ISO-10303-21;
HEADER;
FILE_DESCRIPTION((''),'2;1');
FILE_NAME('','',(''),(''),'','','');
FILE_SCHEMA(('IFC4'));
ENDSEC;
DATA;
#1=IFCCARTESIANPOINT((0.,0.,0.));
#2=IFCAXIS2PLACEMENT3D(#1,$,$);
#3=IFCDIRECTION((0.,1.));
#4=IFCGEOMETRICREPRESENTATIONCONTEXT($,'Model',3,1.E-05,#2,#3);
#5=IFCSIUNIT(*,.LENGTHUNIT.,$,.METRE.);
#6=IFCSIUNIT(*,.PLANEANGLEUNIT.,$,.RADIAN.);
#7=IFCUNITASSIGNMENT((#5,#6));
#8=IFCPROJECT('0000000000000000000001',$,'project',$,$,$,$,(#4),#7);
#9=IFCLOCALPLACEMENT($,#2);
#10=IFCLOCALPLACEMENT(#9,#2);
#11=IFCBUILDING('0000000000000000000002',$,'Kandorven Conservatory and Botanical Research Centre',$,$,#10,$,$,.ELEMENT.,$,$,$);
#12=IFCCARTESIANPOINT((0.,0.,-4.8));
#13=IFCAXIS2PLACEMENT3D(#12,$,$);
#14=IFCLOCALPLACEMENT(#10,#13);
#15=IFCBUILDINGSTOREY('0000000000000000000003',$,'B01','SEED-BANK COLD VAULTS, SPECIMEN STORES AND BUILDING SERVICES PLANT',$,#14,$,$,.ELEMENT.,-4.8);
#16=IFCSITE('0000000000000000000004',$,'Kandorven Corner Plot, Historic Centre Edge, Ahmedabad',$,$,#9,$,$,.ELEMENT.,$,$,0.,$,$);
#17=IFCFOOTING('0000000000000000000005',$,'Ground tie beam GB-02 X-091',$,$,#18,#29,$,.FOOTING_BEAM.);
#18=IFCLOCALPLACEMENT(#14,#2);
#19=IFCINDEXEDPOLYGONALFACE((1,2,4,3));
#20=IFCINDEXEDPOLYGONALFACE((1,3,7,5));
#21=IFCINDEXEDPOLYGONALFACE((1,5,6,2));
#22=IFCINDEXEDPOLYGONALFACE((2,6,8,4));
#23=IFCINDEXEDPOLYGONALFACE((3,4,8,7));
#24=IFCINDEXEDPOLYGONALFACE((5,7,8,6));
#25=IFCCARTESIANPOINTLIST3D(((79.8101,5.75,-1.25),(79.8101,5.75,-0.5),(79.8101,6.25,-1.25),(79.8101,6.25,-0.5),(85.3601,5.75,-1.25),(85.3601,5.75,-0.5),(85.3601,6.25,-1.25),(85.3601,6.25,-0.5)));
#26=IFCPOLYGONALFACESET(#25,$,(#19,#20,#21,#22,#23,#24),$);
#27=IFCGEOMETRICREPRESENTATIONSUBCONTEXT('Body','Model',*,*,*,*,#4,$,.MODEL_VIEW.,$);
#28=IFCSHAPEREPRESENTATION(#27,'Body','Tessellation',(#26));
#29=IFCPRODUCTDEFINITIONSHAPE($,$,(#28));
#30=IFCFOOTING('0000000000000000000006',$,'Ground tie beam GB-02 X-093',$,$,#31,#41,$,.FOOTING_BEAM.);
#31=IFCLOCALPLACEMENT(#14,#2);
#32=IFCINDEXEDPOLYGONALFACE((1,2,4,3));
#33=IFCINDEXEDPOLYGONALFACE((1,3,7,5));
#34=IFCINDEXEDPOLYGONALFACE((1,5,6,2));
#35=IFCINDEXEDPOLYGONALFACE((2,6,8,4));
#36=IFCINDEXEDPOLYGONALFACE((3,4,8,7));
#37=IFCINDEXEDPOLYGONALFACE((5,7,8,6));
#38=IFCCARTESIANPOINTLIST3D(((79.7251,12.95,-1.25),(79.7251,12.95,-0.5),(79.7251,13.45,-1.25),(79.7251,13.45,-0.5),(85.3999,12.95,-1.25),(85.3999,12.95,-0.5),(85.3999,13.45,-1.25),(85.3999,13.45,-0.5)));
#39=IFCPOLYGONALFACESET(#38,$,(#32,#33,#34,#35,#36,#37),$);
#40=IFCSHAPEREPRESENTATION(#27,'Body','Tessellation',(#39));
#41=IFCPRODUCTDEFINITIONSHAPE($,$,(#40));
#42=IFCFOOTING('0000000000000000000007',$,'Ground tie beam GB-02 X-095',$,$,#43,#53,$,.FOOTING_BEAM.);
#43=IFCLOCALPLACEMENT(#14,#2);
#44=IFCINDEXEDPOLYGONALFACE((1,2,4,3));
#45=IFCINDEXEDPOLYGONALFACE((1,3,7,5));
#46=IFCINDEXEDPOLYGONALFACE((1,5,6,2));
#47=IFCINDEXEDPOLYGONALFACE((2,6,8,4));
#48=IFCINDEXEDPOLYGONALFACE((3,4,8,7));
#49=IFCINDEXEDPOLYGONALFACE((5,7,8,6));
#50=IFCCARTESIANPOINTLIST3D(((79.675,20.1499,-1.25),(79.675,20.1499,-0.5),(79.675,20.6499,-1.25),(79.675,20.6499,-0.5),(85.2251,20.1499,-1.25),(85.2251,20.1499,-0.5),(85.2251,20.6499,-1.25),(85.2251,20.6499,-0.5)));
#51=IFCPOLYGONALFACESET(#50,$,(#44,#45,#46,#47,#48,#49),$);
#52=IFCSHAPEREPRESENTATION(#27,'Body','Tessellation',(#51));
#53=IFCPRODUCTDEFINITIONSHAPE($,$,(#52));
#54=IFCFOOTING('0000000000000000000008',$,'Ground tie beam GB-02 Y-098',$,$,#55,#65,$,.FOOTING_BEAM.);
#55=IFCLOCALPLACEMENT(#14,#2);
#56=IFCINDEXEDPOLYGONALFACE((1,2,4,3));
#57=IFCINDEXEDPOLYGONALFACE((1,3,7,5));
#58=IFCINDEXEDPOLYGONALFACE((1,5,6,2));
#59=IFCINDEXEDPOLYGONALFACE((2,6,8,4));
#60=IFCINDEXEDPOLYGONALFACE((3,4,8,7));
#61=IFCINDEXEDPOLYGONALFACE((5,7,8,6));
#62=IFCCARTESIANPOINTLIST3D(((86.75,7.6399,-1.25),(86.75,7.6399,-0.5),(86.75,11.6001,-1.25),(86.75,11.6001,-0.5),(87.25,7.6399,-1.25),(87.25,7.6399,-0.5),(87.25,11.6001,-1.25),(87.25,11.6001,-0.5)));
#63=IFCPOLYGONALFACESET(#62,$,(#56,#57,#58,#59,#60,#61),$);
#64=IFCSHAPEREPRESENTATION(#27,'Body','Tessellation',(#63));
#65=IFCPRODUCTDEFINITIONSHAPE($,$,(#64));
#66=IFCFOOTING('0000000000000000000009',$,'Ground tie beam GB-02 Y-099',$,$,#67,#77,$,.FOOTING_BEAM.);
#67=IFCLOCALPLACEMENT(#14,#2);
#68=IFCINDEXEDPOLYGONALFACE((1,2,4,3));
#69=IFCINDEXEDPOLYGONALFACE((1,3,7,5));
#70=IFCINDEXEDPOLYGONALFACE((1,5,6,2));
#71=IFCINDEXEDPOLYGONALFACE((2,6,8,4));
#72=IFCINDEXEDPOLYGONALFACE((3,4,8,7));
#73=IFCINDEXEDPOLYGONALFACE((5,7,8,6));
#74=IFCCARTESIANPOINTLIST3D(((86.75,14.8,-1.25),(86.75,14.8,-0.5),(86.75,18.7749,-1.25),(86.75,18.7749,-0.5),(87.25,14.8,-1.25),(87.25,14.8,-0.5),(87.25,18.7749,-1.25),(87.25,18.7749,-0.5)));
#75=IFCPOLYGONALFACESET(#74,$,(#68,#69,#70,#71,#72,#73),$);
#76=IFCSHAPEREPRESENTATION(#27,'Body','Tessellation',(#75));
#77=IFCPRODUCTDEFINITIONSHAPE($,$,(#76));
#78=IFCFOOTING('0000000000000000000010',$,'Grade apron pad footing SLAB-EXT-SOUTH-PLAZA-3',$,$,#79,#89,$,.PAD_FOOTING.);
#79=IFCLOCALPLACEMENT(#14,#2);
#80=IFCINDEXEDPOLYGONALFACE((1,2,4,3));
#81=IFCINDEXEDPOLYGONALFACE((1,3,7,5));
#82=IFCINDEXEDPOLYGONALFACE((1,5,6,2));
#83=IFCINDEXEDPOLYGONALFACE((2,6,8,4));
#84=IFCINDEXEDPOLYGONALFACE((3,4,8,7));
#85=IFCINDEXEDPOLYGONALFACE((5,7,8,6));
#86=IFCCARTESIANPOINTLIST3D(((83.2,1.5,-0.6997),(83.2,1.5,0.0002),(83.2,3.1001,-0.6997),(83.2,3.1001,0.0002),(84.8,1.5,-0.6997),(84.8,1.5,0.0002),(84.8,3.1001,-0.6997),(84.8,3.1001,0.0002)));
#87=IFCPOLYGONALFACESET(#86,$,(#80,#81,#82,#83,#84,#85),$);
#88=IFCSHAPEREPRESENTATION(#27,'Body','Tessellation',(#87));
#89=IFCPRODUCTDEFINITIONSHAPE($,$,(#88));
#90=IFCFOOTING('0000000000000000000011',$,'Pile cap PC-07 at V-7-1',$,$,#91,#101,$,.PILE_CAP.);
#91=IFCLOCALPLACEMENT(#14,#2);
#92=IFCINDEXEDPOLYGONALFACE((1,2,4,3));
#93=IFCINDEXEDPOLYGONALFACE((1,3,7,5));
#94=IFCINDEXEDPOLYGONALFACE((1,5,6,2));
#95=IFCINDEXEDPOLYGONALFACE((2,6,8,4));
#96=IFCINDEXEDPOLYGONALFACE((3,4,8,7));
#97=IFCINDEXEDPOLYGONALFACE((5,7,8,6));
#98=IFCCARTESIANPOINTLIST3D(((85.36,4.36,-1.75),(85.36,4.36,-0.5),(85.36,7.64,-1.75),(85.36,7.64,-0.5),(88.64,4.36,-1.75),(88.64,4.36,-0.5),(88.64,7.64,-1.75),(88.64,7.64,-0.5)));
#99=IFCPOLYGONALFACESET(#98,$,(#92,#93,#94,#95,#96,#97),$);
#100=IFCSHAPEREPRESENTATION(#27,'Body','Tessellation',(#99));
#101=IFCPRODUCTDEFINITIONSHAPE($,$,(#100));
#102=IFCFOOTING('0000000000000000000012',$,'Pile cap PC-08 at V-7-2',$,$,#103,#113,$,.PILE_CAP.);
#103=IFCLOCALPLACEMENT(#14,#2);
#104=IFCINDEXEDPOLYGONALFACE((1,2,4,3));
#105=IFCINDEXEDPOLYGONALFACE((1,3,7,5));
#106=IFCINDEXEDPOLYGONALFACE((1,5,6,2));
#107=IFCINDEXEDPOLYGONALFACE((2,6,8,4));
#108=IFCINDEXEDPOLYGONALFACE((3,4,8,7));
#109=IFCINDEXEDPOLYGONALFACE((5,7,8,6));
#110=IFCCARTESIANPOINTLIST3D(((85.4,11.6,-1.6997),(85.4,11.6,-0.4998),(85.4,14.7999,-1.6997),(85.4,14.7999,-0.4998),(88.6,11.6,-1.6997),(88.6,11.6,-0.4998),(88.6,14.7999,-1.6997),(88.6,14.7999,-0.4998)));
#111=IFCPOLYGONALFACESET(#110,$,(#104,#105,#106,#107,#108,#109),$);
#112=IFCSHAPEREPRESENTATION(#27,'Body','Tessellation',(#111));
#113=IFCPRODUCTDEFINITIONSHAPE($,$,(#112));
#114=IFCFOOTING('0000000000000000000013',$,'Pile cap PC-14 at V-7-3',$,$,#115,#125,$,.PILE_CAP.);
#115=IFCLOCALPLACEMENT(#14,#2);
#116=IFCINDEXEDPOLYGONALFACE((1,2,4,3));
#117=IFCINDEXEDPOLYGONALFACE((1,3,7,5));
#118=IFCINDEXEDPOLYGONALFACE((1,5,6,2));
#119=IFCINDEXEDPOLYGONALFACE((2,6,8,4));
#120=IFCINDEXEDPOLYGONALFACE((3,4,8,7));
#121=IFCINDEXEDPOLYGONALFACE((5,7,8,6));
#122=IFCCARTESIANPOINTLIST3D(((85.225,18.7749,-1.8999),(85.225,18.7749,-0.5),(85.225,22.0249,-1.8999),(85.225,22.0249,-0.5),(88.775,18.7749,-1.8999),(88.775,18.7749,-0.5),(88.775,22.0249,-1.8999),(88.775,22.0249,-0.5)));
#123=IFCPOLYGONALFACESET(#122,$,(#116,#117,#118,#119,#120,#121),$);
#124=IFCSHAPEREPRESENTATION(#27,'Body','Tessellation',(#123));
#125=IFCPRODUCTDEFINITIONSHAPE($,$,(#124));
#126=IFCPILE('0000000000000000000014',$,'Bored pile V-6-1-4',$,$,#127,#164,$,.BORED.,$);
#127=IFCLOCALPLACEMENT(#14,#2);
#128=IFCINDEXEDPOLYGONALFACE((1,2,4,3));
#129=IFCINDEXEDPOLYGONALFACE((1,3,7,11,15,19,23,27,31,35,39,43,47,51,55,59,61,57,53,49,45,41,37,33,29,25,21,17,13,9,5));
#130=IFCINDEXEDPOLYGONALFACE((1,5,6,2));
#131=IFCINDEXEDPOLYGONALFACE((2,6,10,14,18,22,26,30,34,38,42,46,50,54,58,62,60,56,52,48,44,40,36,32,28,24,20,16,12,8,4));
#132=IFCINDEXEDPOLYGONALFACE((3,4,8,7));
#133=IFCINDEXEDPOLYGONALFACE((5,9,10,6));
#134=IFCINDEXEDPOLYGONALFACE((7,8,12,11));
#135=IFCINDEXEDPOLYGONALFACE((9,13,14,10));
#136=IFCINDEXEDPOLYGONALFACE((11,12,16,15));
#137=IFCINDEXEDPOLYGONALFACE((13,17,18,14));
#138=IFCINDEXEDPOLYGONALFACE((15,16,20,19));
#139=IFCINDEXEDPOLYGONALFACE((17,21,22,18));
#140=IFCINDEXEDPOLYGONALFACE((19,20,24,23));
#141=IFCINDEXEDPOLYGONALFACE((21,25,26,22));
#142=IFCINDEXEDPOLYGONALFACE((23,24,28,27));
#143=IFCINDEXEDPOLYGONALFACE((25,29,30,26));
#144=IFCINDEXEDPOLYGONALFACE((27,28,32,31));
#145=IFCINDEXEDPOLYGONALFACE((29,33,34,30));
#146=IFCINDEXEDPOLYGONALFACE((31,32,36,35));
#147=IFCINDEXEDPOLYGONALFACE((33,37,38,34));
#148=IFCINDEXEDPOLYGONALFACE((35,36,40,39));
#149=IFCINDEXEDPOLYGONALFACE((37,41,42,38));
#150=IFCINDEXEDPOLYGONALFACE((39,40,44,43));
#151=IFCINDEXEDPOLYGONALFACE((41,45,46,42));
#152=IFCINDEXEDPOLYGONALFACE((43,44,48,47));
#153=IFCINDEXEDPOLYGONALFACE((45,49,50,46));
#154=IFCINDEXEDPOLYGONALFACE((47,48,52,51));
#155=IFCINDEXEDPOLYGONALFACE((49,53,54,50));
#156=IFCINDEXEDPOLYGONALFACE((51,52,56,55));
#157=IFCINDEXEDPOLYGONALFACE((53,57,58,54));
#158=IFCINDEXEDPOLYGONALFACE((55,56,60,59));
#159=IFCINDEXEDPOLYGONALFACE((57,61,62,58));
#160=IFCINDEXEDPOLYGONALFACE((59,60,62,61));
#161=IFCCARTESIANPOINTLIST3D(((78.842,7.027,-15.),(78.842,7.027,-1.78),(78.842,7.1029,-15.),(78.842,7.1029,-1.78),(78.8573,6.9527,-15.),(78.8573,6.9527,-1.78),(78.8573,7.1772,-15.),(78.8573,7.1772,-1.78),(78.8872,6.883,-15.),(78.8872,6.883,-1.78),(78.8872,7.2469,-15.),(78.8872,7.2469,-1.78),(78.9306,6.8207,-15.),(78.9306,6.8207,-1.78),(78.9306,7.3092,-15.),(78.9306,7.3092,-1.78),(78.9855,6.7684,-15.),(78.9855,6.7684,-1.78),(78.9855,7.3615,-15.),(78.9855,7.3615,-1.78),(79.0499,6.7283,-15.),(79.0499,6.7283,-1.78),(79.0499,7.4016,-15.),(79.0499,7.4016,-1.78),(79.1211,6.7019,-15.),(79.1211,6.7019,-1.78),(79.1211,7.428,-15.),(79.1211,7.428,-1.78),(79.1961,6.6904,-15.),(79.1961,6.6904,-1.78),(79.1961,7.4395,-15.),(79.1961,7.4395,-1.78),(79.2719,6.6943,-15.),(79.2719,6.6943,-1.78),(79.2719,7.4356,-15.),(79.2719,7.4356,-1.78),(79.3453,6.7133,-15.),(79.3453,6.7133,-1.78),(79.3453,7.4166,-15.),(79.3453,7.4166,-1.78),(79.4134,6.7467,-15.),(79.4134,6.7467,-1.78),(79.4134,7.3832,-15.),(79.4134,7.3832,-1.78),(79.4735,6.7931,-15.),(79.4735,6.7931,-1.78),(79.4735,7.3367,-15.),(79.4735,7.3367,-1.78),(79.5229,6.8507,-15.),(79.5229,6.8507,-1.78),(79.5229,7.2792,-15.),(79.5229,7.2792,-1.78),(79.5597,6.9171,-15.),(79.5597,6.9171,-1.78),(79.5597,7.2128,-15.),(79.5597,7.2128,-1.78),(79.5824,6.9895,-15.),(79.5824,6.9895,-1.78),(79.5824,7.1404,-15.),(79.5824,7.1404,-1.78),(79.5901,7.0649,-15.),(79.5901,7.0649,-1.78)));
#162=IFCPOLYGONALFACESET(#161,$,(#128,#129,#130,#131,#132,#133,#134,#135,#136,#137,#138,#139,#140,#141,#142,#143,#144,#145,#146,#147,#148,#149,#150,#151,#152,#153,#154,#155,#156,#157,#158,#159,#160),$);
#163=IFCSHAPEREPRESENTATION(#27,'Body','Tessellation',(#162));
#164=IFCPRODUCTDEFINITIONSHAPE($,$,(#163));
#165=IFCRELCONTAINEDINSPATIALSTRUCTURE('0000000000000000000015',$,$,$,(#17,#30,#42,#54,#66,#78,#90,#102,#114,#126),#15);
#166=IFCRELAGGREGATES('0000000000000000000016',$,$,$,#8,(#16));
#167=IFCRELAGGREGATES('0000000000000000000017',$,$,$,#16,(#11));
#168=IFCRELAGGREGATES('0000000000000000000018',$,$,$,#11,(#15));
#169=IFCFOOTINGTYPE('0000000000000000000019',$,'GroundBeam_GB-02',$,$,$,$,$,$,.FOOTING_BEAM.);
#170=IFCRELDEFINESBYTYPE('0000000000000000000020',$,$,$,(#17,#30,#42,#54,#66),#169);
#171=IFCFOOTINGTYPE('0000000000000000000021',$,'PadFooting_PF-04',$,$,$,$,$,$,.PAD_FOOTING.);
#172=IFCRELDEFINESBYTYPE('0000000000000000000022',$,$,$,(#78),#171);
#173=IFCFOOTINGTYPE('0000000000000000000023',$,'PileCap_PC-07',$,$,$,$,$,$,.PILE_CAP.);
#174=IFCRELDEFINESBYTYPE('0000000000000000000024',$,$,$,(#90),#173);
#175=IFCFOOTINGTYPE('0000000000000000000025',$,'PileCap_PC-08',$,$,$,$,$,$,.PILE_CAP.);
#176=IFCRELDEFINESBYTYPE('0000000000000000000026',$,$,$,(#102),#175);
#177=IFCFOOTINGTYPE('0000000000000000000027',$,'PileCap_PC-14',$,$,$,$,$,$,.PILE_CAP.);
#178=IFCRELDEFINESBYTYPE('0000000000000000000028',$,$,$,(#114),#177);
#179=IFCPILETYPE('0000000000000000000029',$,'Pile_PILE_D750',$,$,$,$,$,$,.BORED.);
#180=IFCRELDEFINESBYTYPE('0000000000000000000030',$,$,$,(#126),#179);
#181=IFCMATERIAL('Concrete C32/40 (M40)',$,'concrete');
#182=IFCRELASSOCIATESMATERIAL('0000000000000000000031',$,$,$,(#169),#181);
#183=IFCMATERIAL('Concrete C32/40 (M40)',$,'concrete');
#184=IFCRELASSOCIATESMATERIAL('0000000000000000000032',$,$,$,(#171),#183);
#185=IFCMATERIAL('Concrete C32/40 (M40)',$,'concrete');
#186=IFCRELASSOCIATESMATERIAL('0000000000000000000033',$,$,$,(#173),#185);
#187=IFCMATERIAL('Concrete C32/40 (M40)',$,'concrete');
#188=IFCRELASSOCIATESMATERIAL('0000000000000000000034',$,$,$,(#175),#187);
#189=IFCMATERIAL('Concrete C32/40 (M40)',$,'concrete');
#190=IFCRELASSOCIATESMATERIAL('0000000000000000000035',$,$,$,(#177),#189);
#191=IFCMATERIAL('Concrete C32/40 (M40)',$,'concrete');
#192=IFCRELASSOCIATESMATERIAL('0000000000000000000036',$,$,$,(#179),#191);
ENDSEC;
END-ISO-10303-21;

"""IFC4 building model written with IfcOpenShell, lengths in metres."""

from ifc_helpers import new_model, si_unit, direction, frame, origin, origin_2d, place, context, subcontext, project, spatial, rectangle, circle, extrude, material, material_profile, profile_set, type_object, element, save


model = new_model("IFC4")

# Units and contexts
model_context = context("Model", 3, precision=1e-05, world=origin(), true_north=direction((0.0, 1.0)))
body_context = subcontext(model_context, "Body", "Model", "MODEL_VIEW")
ifc_project = project(units=[si_unit("LENGTHUNIT", "METRE"), si_unit("PLANEANGLEUNIT", "RADIAN")], contexts=[model_context])

# Site, building, storey
site_placement = place(None, origin())
site = spatial("IfcSite", under=ifc_project, at=site_placement, Name="Kandorven Corner Plot, Historic Centre Edge, Ahmedabad", CompositionType="ELEMENT", RefElevation=0.0)
building_placement = place(site_placement, origin())
building = spatial("IfcBuilding", under=site, at=building_placement, Name="Kandorven Conservatory and Botanical Research Centre", CompositionType="ELEMENT")
storey_placement = place(building_placement, frame((0.0, 0.0, -4.8)))
storey = spatial("IfcBuildingStorey", under=building, at=storey_placement, Name="B01", Description="SEED-BANK COLD VAULTS, SPECIMEN STORES AND BUILDING SERVICES PLANT", CompositionType="ELEMENT", Elevation=-4.8)

# Footings
ifc_material_1 = material(Name="Concrete C32/40 (M40)", Category="concrete")
ifc_material_profile_1 = material_profile(ifc_material_1, rectangle(XDim=0.5, YDim=0.75, at=origin_2d()))
ifc_profile_set_1 = profile_set([ifc_material_profile_1], Name="Concrete C32/40 (M40)")
footing_type_1 = type_object("IfcFootingType", Name="GroundBeam_GB-02", PredefinedType="FOOTING_BEAM", material=ifc_profile_set_1)
footing_1_placement = place(storey_placement, frame((79.8101, 6.0, -0.875), z_axis=(1.0, 0.0, 0.0), x_axis=(0.0, 1.0, 0.0)))
element("IfcFooting", 1, at=footing_1_placement, inside=storey, type_object=footing_type_1, Name="Ground tie beam GB-02 X-091", PredefinedType="FOOTING_BEAM", context=body_context, shape_type="SweptSolid", body=[
    extrude(rectangle(XDim=0.5, YDim=0.75, at=origin_2d()), origin(), (0.0, 0.0, 1.0), 5.55),
])
footing_2_placement = place(storey_placement, frame((79.7251, 13.2, -0.875), z_axis=(1.0, 0.0, 0.0), x_axis=(0.0, 1.0, 0.0)))
element("IfcFooting", 2, at=footing_2_placement, inside=storey, type_object=footing_type_1, Name="Ground tie beam GB-02 X-093", PredefinedType="FOOTING_BEAM", context=body_context, shape_type="SweptSolid", body=[
    extrude(rectangle(XDim=0.5, YDim=0.75, at=origin_2d()), origin(), (0.0, 0.0, 1.0), 5.6748),
])
footing_3_placement = place(storey_placement, frame((79.675, 20.3999, -0.875), z_axis=(1.0, 0.0, 0.0), x_axis=(0.0, 1.0, 0.0)))
element("IfcFooting", 3, at=footing_3_placement, inside=storey, type_object=footing_type_1, Name="Ground tie beam GB-02 X-095", PredefinedType="FOOTING_BEAM", context=body_context, shape_type="SweptSolid", body=[
    extrude(rectangle(XDim=0.5, YDim=0.75, at=origin_2d()), origin(), (0.0, 0.0, 1.0), 5.55),
])
footing_4_placement = place(storey_placement, frame((87.0, 7.6399, -0.875), z_axis=(0.0, 1.0, 0.0), x_axis=(-1.0, 0.0, 0.0)))
element("IfcFooting", 4, at=footing_4_placement, inside=storey, type_object=footing_type_1, Name="Ground tie beam GB-02 Y-098", PredefinedType="FOOTING_BEAM", context=body_context, shape_type="SweptSolid", body=[
    extrude(rectangle(XDim=0.5, YDim=0.75, at=origin_2d()), origin(), (0.0, 0.0, 1.0), 3.9602),
])
footing_5_placement = place(storey_placement, frame((87.0, 14.8, -0.875), z_axis=(0.0, 1.0, 0.0), x_axis=(-1.0, 0.0, 0.0)))
element("IfcFooting", 5, at=footing_5_placement, inside=storey, type_object=footing_type_1, Name="Ground tie beam GB-02 Y-099", PredefinedType="FOOTING_BEAM", context=body_context, shape_type="SweptSolid", body=[
    extrude(rectangle(XDim=0.5, YDim=0.75, at=origin_2d()), origin(), (0.0, 0.0, 1.0), 3.9749),
])
ifc_material_2 = material(Name="Concrete C32/40 (M40)", Category="concrete")
footing_type_2 = type_object("IfcFootingType", Name="PadFooting_PF-04", PredefinedType="PAD_FOOTING", material=ifc_material_2)
footing_6_placement = place(storey_placement, frame((84.0, 2.3, -0.6997), z_axis=(0.0, 0.0, 1.0), x_axis=(1.0, 0.0, 0.0)))
element("IfcFooting", 6, at=footing_6_placement, inside=storey, type_object=footing_type_2, Name="Grade apron pad footing SLAB-EXT-SOUTH-PLAZA-3", PredefinedType="PAD_FOOTING", context=body_context, shape_type="SweptSolid", body=[
    extrude(rectangle(XDim=1.6001, YDim=1.6001, at=origin_2d()), origin(), (0.0, 0.0, 1.0), 0.7),
])
ifc_material_3 = material(Name="Concrete C32/40 (M40)", Category="concrete")
footing_type_3 = type_object("IfcFootingType", Name="PileCap_PC-07", PredefinedType="PILE_CAP", material=ifc_material_3)
footing_7_placement = place(storey_placement, frame((87.0, 6.0, -1.75), z_axis=(0.0, 0.0, 1.0), x_axis=(1.0, 0.0, 0.0)))
element("IfcFooting", 7, at=footing_7_placement, inside=storey, type_object=footing_type_3, Name="Pile cap PC-07 at V-7-1", PredefinedType="PILE_CAP", context=body_context, shape_type="SweptSolid", body=[
    extrude(rectangle(XDim=3.28, YDim=3.28, at=origin_2d()), origin(), (0.0, 0.0, 1.0), 1.25),
])
ifc_material_4 = material(Name="Concrete C32/40 (M40)", Category="concrete")
footing_type_4 = type_object("IfcFootingType", Name="PileCap_PC-08", PredefinedType="PILE_CAP", material=ifc_material_4)
footing_8_placement = place(storey_placement, frame((87.0, 13.2, -1.6997), z_axis=(0.0, 0.0, 1.0), x_axis=(1.0, 0.0, 0.0)))
element("IfcFooting", 8, at=footing_8_placement, inside=storey, type_object=footing_type_4, Name="Pile cap PC-08 at V-7-2", PredefinedType="PILE_CAP", context=body_context, shape_type="SweptSolid", body=[
    extrude(rectangle(XDim=3.2, YDim=3.2, at=origin_2d()), origin(), (0.0, 0.0, 1.0), 1.2),
])
ifc_material_5 = material(Name="Concrete C32/40 (M40)", Category="concrete")
footing_type_5 = type_object("IfcFootingType", Name="PileCap_PC-14", PredefinedType="PILE_CAP", material=ifc_material_5)
footing_9_placement = place(storey_placement, frame((87.0, 20.3999, -1.8999), z_axis=(0.0, 0.0, 1.0), x_axis=(1.0, 0.0, 0.0)))
element("IfcFooting", 9, at=footing_9_placement, inside=storey, type_object=footing_type_5, Name="Pile cap PC-14 at V-7-3", PredefinedType="PILE_CAP", context=body_context, shape_type="SweptSolid", body=[
    extrude(rectangle(XDim=3.55, YDim=3.25, at=origin_2d()), origin(), (0.0, 0.0, 1.0), 1.3999),
])

# Pile
ifc_material_6 = material(Name="Concrete C32/40 (M40)", Category="concrete")
ifc_material_profile_2 = material_profile(ifc_material_6, circle(Radius=0.375, at=origin_2d()))
ifc_profile_set_2 = profile_set([ifc_material_profile_2], Name="Concrete C32/40 (M40)")
pile_type = type_object("IfcPileType", Name="Pile_PILE_D750", PredefinedType="BORED", material=ifc_profile_set_2)
pile_placement = place(storey_placement, frame((79.2151, 7.0649, -1.78), z_axis=(0.0, 0.0, -1.0), x_axis=(1.0, 0.0, 0.0)))
element("IfcPile", 10, at=pile_placement, inside=storey, type_object=pile_type, Name="Bored pile V-6-1-4", PredefinedType="BORED", context=body_context, shape_type="SweptSolid", body=[
    extrude(circle(Radius=0.375, at=origin_2d()), origin(), (0.0, 0.0, 1.0), 13.22),
])

save(model, "model.ifc")
